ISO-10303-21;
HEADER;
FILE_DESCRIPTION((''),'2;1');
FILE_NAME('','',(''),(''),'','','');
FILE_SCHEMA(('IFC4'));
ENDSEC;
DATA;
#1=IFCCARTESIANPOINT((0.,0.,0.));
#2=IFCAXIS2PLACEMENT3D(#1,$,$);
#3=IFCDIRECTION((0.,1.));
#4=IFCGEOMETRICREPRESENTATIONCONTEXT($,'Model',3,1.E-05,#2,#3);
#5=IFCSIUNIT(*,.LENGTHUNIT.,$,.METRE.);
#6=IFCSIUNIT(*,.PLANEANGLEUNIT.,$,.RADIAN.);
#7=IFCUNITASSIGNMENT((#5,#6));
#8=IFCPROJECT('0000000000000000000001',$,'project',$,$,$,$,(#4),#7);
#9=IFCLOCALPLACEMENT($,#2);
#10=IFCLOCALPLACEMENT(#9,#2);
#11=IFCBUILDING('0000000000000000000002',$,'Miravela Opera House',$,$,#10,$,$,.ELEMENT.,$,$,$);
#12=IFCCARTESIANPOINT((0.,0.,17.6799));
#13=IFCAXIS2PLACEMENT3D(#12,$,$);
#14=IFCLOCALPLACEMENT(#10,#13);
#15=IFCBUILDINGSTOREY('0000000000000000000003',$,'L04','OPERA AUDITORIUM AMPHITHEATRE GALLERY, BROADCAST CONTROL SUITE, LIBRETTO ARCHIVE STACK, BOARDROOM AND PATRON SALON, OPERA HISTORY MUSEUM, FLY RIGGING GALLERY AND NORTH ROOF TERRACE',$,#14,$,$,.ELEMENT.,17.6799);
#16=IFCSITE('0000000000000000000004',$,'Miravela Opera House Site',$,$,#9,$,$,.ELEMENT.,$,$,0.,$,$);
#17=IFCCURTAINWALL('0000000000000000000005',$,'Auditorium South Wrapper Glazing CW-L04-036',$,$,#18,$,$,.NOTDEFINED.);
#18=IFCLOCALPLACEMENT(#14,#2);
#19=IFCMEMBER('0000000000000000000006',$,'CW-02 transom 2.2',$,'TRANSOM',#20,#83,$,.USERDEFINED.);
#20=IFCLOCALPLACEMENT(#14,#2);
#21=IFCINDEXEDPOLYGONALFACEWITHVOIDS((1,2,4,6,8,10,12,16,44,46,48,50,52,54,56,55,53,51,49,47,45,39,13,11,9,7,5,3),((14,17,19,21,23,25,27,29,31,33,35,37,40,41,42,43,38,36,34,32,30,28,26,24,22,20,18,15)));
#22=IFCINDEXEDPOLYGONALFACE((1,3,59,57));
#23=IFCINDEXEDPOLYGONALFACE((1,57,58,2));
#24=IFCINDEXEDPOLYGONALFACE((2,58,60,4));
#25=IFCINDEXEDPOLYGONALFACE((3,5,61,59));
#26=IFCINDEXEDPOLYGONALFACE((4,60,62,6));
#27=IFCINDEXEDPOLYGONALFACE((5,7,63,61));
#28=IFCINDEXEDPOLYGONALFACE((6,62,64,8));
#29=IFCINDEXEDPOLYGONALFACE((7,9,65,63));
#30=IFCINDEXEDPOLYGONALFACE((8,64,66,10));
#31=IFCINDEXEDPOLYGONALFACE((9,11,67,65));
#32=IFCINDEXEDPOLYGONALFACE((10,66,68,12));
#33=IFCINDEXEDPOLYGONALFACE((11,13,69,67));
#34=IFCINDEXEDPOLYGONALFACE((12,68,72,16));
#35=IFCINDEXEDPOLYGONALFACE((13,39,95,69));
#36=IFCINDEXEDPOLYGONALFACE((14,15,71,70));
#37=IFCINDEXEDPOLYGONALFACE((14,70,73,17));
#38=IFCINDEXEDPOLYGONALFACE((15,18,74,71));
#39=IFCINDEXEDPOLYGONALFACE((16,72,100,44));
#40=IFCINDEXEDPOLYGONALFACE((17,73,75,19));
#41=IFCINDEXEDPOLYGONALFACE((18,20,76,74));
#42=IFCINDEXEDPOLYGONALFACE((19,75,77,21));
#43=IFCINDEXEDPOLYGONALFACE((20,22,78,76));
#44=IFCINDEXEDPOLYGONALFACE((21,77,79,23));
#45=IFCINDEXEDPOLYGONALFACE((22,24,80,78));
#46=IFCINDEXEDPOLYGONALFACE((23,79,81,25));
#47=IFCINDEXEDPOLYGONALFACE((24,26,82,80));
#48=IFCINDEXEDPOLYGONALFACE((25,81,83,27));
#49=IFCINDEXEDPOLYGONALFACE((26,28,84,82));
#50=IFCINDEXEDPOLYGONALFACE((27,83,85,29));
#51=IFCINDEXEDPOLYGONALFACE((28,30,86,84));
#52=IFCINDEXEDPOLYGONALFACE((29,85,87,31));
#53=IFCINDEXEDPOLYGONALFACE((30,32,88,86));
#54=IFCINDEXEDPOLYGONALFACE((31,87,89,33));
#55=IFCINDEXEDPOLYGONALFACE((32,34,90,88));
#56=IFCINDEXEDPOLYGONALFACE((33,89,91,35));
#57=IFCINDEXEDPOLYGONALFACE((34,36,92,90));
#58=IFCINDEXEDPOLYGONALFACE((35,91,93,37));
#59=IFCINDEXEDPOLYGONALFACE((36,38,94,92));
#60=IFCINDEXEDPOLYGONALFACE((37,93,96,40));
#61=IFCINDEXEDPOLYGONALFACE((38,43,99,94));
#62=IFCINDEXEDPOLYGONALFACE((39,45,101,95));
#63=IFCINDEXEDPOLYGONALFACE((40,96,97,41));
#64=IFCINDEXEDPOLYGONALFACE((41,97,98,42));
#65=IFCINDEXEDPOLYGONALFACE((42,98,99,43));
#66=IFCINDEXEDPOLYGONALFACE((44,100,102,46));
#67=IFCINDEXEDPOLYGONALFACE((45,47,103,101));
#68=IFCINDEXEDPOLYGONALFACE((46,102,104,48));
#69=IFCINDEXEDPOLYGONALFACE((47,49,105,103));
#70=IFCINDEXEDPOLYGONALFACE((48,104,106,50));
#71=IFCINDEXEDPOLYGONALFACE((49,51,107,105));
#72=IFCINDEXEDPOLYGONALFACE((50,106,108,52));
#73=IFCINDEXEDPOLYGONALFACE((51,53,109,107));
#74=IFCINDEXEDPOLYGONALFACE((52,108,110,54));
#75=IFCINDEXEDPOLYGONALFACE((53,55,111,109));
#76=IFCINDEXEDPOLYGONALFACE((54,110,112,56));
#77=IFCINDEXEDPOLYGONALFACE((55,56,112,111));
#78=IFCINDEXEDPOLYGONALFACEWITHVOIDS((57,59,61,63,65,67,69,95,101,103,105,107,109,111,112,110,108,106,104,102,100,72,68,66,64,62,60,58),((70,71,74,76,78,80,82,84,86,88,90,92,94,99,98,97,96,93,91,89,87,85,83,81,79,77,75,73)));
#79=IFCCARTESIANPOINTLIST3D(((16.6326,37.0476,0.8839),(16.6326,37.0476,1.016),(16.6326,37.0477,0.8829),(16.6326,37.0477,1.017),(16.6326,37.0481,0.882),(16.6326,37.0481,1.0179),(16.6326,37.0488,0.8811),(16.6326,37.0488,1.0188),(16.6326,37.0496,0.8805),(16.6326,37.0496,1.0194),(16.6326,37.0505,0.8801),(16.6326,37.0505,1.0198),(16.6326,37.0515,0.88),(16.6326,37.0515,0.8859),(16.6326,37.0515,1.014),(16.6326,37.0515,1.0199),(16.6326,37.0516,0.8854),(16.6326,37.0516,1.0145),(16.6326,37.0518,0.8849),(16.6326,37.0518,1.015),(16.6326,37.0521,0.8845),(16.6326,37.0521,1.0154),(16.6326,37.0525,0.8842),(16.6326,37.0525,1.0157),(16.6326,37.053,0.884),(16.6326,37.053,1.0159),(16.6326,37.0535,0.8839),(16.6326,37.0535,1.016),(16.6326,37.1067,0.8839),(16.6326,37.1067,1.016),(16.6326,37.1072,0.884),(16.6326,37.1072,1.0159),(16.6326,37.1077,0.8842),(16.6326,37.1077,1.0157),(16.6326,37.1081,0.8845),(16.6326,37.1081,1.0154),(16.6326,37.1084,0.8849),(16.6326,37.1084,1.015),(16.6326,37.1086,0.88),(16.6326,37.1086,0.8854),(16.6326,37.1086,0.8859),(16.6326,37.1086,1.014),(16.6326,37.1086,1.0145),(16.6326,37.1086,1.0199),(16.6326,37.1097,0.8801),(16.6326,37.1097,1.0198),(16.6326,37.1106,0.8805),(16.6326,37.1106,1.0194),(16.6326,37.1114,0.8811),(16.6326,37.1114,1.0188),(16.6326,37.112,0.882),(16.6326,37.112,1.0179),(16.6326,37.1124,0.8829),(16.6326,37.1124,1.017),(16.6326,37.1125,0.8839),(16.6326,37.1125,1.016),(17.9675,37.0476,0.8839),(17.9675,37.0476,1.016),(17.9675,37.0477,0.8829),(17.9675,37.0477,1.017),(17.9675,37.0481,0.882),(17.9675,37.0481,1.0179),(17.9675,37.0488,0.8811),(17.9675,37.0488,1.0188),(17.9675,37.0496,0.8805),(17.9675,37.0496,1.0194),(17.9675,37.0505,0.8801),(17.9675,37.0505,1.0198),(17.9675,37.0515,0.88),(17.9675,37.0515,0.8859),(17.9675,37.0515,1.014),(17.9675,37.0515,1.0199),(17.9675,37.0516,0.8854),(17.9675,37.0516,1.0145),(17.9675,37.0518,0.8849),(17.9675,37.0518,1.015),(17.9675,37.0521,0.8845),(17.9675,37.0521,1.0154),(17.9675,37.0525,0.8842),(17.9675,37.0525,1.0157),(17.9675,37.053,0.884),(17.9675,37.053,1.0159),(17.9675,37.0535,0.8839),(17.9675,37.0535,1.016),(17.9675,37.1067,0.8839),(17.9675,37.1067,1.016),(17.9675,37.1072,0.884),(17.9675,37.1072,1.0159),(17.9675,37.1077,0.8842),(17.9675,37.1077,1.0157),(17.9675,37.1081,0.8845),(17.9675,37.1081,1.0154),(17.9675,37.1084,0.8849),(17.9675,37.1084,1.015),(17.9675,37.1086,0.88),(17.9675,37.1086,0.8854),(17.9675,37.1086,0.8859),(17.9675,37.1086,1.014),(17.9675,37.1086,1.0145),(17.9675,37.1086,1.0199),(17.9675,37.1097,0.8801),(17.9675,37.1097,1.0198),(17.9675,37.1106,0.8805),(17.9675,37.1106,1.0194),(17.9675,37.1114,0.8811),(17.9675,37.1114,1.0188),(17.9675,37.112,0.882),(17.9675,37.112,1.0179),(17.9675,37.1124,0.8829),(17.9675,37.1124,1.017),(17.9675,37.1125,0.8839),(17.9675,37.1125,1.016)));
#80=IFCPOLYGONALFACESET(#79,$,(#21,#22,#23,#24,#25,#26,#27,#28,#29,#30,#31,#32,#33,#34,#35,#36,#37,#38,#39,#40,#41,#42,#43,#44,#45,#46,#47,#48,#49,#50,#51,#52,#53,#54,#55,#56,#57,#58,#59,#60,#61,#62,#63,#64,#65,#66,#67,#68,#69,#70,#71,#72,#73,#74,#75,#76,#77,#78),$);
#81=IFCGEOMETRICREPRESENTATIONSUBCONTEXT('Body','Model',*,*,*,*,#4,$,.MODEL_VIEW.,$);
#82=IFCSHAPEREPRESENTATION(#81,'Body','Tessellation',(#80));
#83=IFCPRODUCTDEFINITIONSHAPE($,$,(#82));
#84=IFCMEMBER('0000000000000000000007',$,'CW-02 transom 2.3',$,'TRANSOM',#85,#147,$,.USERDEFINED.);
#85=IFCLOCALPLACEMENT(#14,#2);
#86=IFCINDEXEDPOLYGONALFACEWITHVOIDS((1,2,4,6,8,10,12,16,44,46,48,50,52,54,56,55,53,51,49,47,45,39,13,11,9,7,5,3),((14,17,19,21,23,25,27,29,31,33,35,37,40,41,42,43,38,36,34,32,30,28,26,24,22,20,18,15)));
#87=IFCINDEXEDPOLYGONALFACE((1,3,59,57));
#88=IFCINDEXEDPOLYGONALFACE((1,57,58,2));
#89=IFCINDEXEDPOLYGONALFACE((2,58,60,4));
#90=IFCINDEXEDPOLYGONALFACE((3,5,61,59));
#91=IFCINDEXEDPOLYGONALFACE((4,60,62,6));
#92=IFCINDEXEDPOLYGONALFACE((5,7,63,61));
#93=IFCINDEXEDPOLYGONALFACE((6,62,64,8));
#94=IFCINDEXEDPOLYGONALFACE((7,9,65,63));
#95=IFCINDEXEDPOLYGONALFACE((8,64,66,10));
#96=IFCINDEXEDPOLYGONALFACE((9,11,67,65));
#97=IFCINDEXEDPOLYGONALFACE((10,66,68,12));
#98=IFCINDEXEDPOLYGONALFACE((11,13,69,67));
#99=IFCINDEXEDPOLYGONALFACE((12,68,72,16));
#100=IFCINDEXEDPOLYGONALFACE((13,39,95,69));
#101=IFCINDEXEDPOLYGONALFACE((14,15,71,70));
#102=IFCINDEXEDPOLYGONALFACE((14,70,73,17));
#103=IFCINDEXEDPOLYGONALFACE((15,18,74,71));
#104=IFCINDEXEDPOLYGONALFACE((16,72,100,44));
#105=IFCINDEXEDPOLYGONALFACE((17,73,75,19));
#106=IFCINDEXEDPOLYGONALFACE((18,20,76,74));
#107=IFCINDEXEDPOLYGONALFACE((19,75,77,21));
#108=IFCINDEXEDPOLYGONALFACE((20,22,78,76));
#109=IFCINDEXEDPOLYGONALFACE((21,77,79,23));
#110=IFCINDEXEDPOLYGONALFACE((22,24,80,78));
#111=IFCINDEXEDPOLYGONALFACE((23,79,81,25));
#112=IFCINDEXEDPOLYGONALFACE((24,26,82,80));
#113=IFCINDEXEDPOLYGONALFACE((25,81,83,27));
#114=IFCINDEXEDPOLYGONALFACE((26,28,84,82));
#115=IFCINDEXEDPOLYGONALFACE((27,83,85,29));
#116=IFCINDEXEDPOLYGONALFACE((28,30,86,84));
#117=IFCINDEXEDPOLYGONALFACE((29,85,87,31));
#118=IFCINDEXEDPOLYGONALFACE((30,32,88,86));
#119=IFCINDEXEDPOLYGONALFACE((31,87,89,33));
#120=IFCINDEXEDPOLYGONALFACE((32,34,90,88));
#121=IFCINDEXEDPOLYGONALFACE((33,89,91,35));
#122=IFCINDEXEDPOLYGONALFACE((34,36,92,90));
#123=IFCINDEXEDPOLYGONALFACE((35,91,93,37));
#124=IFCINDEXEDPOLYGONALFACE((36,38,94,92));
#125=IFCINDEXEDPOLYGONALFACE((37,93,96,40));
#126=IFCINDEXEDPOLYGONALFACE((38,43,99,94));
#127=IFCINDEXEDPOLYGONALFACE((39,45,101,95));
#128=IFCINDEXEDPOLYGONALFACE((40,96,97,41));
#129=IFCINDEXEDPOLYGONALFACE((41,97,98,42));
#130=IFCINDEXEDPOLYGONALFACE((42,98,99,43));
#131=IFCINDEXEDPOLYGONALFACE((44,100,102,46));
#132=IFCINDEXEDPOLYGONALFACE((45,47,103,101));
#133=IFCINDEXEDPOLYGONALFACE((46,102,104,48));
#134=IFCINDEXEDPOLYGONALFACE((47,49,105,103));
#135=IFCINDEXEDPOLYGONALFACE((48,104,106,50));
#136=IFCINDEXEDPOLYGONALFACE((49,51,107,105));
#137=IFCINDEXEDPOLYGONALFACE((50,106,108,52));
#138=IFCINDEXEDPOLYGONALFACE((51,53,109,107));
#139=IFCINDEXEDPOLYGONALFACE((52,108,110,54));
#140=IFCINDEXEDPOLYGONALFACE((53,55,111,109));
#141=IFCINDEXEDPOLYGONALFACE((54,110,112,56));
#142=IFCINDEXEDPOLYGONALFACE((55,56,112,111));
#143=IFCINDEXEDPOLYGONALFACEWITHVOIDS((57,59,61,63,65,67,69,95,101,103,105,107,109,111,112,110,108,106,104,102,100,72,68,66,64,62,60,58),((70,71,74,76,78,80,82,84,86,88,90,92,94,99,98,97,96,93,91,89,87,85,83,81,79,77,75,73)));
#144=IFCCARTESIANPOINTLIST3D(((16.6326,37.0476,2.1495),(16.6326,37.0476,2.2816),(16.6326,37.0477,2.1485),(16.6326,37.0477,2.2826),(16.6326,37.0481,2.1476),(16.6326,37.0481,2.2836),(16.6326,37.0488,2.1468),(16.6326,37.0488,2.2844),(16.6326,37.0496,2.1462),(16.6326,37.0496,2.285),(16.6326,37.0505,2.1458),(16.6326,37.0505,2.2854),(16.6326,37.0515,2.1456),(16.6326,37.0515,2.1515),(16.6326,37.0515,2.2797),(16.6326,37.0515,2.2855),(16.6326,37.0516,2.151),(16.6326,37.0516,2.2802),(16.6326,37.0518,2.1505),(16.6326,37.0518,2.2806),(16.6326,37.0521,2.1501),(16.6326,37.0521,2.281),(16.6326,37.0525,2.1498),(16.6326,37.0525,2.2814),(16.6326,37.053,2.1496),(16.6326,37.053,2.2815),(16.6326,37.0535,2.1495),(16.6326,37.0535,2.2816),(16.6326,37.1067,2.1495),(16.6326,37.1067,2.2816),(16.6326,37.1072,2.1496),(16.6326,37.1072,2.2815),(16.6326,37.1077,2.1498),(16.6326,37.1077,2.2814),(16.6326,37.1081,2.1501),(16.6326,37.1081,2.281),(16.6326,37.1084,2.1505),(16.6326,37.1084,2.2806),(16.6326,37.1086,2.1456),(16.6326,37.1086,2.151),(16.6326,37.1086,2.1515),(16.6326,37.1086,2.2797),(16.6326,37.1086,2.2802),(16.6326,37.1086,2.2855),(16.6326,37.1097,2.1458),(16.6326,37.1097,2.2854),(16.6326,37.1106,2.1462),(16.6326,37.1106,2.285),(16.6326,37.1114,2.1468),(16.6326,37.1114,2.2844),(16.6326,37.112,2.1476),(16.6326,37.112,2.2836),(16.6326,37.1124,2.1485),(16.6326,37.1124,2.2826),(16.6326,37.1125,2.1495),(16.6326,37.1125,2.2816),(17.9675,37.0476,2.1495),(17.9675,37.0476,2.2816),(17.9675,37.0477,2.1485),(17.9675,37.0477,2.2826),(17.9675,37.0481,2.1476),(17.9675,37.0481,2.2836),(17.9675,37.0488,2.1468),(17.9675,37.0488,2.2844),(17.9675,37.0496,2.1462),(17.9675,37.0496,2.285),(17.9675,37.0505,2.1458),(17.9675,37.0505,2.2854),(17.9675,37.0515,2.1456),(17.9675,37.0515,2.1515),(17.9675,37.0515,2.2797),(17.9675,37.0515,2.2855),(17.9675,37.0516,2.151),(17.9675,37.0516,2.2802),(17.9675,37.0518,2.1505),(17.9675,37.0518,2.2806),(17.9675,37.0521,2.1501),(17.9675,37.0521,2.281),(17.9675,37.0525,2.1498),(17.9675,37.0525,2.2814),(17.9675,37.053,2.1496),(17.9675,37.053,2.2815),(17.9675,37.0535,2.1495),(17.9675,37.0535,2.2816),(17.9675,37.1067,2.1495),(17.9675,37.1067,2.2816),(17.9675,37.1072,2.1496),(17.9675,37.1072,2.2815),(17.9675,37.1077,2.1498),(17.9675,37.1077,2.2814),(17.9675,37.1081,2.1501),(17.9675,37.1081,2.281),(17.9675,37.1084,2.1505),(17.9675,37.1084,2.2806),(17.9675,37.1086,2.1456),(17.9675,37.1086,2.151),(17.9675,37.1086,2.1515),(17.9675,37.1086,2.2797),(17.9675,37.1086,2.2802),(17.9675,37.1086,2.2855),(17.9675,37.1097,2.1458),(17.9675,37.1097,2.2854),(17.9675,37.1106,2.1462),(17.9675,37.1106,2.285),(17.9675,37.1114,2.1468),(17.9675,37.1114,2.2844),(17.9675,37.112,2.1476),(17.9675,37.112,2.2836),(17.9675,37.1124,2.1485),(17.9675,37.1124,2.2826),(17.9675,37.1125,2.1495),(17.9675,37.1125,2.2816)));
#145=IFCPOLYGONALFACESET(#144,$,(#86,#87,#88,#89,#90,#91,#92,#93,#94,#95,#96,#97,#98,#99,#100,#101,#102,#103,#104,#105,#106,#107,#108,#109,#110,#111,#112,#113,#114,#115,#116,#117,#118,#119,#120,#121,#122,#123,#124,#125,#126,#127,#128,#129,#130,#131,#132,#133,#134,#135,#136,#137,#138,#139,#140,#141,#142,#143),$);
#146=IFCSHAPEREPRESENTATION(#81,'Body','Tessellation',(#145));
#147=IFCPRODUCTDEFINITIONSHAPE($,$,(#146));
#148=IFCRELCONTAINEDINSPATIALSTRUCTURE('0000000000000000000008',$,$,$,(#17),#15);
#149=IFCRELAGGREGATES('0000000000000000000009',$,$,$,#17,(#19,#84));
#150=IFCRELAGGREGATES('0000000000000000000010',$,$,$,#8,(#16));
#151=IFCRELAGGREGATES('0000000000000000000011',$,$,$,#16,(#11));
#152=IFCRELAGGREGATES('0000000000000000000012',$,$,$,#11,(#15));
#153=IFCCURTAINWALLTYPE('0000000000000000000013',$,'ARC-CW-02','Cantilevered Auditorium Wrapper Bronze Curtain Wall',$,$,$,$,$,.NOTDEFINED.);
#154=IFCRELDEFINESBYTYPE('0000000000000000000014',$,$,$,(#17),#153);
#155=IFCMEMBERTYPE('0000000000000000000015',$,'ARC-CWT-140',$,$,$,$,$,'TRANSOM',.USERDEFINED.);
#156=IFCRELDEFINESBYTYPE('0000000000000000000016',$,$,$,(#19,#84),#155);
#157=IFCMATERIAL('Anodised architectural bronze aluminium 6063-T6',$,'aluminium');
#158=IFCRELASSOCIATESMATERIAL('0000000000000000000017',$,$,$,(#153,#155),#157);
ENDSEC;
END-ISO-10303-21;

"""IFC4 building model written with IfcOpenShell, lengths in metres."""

from ifc_helpers import new_model, si_unit, direction, frame, origin, origin_2d, place, context, subcontext, project, spatial, hollow_rectangle, extrude, material, material_profile, profile_set, type_object, element, aggregate, save


model = new_model("IFC4")

# Units and contexts
model_context = context("Model", 3, precision=1e-05, world=origin(), true_north=direction((0.0, 1.0)))
body_context = subcontext(model_context, "Body", "Model", "MODEL_VIEW")
ifc_project = project(units=[si_unit("LENGTHUNIT", "METRE"), si_unit("PLANEANGLEUNIT", "RADIAN")], contexts=[model_context])

# Site, building, storey
site_placement = place(None, origin())
site = spatial("IfcSite", under=ifc_project, at=site_placement, Name="Miravela Opera House Site", CompositionType="ELEMENT", RefElevation=0.0)
building_placement = place(site_placement, origin())
building = spatial("IfcBuilding", under=site, at=building_placement, Name="Miravela Opera House", CompositionType="ELEMENT")
storey_placement = place(building_placement, frame((0.0, 0.0, 17.6799)))
storey = spatial("IfcBuildingStorey", under=building, at=storey_placement, Name="L04", Description="OPERA AUDITORIUM AMPHITHEATRE GALLERY, BROADCAST CONTROL SUITE, LIBRETTO ARCHIVE STACK, BOARDROOM AND PATRON SALON, OPERA HISTORY MUSEUM, FLY RIGGING GALLERY AND NORTH ROOF TERRACE", CompositionType="ELEMENT", Elevation=17.6799)

# Curtain wall, members
ifc_material_1 = material(Name="Anodised architectural bronze aluminium 6063-T6", Category="aluminium")
curtain_wall_type = type_object("IfcCurtainWallType", Name="ARC-CW-02", Description="Cantilevered Auditorium Wrapper Bronze Curtain Wall", PredefinedType="NOTDEFINED", material=ifc_material_1)
curtain_wall_placement = place(storey_placement, origin())
curtain_wall = element("IfcCurtainWall", 1, at=curtain_wall_placement, inside=storey, type_object=curtain_wall_type, Name="Auditorium South Wrapper Glazing CW-L04-036", PredefinedType="NOTDEFINED")
ifc_material_profile_1 = material_profile(ifc_material_1, hollow_rectangle(XDim=0.0649, YDim=0.1399, WallThickness=0.0039, InnerFilletRadius=0.002, OuterFilletRadius=0.0039, at=origin_2d()), Name="CWT-65X140")
ifc_profile_set_1 = profile_set([ifc_material_profile_1])
member_type_1 = type_object("IfcMemberType", Name="ARC-CWT-140", ElementType="TRANSOM", PredefinedType="USERDEFINED", material=ifc_profile_set_1)
member_1_placement = place(storey_placement, frame((16.6326, 37.0801, 0.95), z_axis=(1.0, 0.0, 0.0), x_axis=(0.0, 1.0, 0.0)))
member_1 = element("IfcMember", 2, at=member_1_placement, type_object=member_type_1, Name="CW-02 transom 2.2", ObjectType="TRANSOM", PredefinedType="USERDEFINED", context=body_context, shape_type="SweptSolid", body=[
    extrude(hollow_rectangle(XDim=0.0649, YDim=0.1399, WallThickness=0.0039, InnerFilletRadius=0.002, OuterFilletRadius=0.0039, at=origin_2d()), origin(), (0.0, 0.0, 1.0), 1.335),
])
member_2_placement = place(storey_placement, frame((16.6326, 37.0801, 2.2156), z_axis=(1.0, 0.0, 0.0), x_axis=(0.0, 1.0, 0.0)))
member_2 = element("IfcMember", 3, at=member_2_placement, type_object=member_type_1, Name="CW-02 transom 2.3", ObjectType="TRANSOM", PredefinedType="USERDEFINED", context=body_context, shape_type="SweptSolid", body=[
    extrude(hollow_rectangle(XDim=0.0649, YDim=0.1399, WallThickness=0.0039, InnerFilletRadius=0.002, OuterFilletRadius=0.0039, at=origin_2d()), origin(), (0.0, 0.0, 1.0), 1.335),
])

aggregate(curtain_wall, [member_1, member_2])

save(model, "model.ifc")
